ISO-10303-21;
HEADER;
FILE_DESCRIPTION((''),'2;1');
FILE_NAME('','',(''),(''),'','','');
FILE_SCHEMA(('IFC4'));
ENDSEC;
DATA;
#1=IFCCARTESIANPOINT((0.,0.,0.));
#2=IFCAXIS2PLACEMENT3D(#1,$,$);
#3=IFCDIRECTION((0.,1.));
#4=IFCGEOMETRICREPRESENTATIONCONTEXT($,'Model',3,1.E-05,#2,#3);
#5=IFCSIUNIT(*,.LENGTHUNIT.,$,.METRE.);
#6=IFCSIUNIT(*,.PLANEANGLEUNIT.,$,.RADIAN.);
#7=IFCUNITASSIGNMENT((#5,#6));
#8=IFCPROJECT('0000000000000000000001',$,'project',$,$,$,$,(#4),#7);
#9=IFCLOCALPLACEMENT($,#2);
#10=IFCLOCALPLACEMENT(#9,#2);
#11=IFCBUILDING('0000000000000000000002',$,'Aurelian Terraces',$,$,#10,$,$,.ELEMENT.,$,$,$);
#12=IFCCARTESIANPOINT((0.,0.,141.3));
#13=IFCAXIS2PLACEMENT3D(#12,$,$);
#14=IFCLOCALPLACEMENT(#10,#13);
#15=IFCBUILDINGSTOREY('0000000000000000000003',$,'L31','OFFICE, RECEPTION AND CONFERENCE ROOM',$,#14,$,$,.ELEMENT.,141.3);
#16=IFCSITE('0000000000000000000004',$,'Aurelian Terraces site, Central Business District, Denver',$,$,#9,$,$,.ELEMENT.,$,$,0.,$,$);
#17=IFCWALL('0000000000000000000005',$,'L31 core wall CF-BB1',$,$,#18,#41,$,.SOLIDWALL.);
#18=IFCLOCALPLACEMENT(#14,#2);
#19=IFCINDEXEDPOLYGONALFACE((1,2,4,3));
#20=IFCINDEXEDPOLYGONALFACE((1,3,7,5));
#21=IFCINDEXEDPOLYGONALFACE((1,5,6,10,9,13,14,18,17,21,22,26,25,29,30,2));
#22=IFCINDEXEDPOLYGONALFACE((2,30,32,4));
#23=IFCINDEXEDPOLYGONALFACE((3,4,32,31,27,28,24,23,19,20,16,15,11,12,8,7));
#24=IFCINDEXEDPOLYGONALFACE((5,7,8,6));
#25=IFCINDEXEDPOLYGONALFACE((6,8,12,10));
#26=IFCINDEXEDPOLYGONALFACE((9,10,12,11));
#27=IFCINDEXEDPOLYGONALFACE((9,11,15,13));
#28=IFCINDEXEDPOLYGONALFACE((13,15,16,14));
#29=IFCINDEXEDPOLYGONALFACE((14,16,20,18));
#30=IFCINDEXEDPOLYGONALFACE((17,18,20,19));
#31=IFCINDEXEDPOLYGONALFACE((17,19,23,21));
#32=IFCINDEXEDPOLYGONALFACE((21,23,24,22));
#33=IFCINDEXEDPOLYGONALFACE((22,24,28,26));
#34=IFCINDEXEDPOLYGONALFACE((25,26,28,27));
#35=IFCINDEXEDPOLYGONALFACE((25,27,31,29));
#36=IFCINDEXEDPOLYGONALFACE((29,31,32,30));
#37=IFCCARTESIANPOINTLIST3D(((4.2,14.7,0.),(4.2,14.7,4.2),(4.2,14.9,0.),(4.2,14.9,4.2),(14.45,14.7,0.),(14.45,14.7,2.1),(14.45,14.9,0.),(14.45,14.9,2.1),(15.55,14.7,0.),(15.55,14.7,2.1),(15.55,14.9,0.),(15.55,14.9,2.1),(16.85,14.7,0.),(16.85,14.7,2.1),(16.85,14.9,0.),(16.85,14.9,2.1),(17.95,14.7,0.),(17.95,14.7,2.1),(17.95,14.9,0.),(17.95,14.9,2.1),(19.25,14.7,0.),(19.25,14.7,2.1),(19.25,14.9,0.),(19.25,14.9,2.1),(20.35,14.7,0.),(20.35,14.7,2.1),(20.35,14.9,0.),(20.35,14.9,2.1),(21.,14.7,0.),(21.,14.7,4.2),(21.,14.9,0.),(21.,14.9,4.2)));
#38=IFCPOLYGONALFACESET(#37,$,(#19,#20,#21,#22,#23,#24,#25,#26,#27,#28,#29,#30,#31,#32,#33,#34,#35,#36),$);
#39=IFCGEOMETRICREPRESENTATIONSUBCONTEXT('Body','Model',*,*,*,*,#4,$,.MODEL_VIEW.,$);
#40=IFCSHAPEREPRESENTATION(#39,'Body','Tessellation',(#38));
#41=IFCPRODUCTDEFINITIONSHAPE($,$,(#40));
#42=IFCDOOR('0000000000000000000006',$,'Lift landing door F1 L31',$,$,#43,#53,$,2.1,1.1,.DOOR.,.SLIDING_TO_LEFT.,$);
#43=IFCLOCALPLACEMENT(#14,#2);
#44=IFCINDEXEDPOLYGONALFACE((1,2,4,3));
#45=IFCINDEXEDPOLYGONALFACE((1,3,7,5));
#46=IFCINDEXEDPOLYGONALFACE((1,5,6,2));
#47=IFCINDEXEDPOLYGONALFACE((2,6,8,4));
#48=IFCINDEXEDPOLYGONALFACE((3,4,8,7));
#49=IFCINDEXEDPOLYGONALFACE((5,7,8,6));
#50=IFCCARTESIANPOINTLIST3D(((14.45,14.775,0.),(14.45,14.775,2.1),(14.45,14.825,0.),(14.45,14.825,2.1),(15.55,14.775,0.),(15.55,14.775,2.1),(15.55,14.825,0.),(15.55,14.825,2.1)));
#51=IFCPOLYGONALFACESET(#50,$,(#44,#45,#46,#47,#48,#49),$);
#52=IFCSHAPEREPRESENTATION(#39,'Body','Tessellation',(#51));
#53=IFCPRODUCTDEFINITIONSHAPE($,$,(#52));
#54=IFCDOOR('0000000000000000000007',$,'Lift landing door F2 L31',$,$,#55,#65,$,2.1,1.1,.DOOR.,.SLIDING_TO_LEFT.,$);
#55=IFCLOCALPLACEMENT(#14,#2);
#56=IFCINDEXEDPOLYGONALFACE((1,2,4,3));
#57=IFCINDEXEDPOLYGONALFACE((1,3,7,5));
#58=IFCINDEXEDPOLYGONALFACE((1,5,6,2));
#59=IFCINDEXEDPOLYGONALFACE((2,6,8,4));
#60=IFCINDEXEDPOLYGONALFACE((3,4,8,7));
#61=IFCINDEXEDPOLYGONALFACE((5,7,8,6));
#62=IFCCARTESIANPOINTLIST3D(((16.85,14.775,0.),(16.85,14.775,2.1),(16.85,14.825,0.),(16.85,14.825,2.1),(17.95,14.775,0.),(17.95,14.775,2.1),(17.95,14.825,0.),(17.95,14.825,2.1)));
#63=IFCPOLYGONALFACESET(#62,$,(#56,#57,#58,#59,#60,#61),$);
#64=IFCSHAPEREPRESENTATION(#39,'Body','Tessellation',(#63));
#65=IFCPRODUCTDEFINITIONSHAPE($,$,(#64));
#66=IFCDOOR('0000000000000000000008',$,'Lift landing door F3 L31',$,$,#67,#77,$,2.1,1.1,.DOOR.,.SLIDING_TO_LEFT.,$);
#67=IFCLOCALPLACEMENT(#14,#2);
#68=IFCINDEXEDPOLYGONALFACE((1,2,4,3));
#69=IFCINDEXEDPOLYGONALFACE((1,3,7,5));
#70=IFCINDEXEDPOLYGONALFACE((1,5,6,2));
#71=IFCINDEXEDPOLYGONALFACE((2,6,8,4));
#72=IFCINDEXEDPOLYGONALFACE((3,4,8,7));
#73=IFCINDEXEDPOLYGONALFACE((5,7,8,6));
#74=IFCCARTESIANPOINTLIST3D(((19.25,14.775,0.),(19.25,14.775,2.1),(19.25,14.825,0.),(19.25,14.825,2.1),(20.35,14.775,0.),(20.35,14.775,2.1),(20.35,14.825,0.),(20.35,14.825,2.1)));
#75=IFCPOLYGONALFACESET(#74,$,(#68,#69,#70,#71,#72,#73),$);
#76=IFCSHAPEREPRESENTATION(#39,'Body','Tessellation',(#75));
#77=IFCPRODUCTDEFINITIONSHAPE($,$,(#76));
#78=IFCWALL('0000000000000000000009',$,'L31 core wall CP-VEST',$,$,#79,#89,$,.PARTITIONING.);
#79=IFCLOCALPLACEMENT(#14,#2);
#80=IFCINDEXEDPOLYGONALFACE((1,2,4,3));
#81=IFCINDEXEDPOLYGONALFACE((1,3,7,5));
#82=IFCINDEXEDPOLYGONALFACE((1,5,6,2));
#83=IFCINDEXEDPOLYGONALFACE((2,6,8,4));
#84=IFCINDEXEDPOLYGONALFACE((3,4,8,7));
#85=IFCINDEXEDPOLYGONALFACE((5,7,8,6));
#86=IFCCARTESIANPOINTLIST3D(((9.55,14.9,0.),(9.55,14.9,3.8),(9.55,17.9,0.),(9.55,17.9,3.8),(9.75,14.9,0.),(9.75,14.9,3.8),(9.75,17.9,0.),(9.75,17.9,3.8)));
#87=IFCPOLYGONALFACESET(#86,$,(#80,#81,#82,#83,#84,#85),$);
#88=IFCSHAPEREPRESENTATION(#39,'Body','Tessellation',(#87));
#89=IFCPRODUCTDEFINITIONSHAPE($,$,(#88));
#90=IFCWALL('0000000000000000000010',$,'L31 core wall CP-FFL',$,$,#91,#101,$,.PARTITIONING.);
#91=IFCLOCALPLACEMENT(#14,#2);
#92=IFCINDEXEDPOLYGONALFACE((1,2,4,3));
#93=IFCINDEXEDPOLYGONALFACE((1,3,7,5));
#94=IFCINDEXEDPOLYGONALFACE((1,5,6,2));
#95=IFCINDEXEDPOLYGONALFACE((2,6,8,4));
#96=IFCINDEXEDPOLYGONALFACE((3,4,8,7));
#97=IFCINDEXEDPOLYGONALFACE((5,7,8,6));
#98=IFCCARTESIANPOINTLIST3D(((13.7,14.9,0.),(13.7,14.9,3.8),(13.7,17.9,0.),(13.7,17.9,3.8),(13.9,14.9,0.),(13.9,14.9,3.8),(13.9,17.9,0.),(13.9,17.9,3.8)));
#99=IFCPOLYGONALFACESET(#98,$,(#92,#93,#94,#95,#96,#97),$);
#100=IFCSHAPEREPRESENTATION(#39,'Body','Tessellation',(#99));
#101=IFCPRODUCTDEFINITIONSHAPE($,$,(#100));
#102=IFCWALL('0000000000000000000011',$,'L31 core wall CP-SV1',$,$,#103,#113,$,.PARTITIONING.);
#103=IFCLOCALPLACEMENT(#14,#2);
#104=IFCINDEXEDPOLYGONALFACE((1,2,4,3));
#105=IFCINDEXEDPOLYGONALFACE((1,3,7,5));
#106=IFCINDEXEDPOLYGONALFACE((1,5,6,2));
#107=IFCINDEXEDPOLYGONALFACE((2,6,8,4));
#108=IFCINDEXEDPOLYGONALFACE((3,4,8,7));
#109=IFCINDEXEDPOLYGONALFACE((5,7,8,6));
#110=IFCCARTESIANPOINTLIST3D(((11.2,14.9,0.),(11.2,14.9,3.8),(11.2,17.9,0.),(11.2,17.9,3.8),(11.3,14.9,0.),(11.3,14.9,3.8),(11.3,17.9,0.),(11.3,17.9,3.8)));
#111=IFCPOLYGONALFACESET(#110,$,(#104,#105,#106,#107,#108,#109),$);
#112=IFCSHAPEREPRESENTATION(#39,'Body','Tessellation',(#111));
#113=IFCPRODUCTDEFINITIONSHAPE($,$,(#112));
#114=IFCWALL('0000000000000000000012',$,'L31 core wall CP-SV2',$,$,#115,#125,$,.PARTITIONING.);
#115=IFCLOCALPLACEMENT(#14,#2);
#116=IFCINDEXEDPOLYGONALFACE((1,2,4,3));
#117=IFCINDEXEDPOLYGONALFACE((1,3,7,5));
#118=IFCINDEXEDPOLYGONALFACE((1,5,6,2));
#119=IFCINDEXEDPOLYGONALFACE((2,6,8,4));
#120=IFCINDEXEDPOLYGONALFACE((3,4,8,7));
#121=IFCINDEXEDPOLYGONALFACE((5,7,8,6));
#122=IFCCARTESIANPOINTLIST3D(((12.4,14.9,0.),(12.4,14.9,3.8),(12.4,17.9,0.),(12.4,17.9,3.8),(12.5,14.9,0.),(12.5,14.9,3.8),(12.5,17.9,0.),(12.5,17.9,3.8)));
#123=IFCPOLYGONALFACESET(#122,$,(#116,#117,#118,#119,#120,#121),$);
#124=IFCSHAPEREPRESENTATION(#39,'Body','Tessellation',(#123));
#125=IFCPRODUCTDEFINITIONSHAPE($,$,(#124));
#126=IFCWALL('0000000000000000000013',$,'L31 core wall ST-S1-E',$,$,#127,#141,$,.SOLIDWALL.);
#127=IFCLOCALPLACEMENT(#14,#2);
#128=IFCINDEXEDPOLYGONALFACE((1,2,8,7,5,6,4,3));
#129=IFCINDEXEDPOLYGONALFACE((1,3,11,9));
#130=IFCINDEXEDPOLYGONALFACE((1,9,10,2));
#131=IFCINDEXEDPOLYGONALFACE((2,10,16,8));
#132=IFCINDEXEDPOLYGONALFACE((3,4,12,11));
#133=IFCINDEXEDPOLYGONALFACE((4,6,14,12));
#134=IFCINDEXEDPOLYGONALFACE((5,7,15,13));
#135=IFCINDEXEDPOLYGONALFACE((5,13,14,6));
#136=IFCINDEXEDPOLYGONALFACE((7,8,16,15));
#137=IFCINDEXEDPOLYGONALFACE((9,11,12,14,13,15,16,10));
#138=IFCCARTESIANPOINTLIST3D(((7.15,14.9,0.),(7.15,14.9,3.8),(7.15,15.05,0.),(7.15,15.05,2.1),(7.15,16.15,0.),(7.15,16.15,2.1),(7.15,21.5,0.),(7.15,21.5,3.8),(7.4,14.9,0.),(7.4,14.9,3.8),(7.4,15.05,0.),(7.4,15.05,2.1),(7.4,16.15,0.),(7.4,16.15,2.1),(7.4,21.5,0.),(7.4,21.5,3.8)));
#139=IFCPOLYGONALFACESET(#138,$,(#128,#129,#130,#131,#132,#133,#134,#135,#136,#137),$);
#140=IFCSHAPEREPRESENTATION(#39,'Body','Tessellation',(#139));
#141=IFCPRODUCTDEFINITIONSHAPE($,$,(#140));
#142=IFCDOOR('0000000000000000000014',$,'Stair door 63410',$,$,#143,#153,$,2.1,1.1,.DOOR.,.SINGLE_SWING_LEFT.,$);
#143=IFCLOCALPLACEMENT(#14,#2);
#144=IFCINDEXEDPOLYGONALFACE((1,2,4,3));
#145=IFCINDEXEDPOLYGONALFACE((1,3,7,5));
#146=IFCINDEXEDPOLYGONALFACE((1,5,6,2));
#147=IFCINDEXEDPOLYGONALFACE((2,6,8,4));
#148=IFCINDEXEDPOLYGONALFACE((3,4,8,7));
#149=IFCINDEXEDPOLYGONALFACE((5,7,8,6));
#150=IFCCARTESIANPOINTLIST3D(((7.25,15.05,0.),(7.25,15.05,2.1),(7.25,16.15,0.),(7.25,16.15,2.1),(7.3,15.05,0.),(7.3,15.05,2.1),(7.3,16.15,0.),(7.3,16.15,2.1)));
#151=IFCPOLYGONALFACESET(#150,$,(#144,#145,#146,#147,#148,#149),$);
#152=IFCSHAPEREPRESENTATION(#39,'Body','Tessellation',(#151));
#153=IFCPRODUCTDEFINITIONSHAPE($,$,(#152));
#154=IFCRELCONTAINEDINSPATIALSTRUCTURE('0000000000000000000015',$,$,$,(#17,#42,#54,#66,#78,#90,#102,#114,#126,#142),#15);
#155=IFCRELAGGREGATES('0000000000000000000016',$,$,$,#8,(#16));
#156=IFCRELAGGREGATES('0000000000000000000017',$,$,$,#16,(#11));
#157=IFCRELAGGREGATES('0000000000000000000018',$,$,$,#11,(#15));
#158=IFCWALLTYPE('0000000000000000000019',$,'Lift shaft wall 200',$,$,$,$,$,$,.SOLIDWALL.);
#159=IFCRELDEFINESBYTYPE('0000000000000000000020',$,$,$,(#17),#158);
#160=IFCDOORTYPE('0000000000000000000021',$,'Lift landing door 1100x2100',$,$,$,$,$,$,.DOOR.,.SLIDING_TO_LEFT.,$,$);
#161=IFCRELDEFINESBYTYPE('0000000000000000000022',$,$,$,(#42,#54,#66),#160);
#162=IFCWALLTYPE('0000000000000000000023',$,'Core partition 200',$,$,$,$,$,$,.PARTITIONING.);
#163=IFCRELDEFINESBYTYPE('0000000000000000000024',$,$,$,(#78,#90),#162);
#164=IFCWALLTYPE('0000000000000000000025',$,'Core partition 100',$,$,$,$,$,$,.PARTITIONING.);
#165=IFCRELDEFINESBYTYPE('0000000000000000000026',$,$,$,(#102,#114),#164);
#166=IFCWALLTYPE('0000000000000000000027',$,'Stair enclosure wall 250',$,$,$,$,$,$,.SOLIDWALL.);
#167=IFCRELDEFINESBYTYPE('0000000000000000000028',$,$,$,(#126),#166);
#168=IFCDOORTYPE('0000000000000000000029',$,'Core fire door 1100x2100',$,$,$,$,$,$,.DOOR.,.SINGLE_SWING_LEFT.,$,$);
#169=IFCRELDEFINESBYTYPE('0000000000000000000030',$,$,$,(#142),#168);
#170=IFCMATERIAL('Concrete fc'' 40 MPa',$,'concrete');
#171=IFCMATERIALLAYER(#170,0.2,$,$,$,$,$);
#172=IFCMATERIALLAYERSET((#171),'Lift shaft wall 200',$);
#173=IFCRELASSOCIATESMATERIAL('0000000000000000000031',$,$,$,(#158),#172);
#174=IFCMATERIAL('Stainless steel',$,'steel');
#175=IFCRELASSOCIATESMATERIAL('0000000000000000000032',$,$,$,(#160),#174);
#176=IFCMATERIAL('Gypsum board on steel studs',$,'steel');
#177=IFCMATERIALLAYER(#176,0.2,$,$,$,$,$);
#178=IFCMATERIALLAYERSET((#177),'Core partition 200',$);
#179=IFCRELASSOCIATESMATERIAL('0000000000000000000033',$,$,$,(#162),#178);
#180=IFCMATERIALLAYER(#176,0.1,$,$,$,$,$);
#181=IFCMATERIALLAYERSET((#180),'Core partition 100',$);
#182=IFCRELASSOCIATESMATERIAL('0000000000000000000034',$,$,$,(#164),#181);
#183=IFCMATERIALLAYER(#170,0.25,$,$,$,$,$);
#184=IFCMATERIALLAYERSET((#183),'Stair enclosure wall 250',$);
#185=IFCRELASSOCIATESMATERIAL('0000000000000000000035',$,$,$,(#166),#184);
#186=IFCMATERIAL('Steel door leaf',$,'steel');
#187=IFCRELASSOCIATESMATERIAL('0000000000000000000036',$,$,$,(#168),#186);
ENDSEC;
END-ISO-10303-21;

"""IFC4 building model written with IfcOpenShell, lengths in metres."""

from ifc_helpers import new_model, si_unit, direction, frame, frame_2d, origin, place, context, subcontext, project, spatial, rectangle, extrude, source, transform, mapped, material, layer, layer_set, type_object, element, fill, save


model = new_model("IFC4")

# Units and contexts
model_context = context("Model", 3, precision=1e-05, world=origin(), true_north=direction((0.0, 1.0)))
body_context = subcontext(model_context, "Body", "Model", "MODEL_VIEW")
ifc_project = project(units=[si_unit("LENGTHUNIT", "METRE"), si_unit("PLANEANGLEUNIT", "RADIAN")], contexts=[model_context])

# Site, building, storey
site_placement = place(None, origin())
site = spatial("IfcSite", under=ifc_project, at=site_placement, Name="Aurelian Terraces site, Central Business District, Denver", CompositionType="ELEMENT", RefElevation=0.0)
building_placement = place(site_placement, origin())
building = spatial("IfcBuilding", under=site, at=building_placement, Name="Aurelian Terraces", CompositionType="ELEMENT")
storey_placement = place(building_placement, frame((0.0, 0.0, 141.3)))
storey = spatial("IfcBuildingStorey", under=building, at=storey_placement, Name="L31", Description="OFFICE, RECEPTION AND CONFERENCE ROOM", CompositionType="ELEMENT", Elevation=141.3)

# Shared definitions
ifc_material_1 = material(Name="Concrete fc' 40 MPa", Category="concrete")
ifc_layer_1 = layer(ifc_material_1, 0.2)
ifc_layer_set_1 = layer_set([ifc_layer_1], Name="Lift shaft wall 200")
wall_type_1 = type_object("IfcWallType", Name="Lift shaft wall 200", PredefinedType="SOLIDWALL", material=ifc_layer_set_1)

# Wall, openings, doors
shared_shape_1 = source(origin(), body_context, "Body", "SweptSolid", [
    extrude(rectangle(XDim=16.8, YDim=0.2, at=frame_2d((8.4, 0.0))), origin(), (0.0, 0.0, 1.0), 4.2),
])
shared_shape_2 = source(origin(), body_context, "Body", "SweptSolid", [
    extrude(rectangle(XDim=1.1, YDim=2.1, at=frame_2d((0.55, 1.05))), frame((0.0, 0.11, 0.0), z_axis=(0.0, -1.0, 0.0), x_axis=(1.0, 0.0, 0.0)), (0.0, 0.0, 1.0), 0.22),
])
ifc_material_2 = material(Name="Stainless steel", Category="steel")
door_type_1 = type_object("IfcDoorType", Name="Lift landing door 1100x2100", OperationType="SLIDING_TO_LEFT", PredefinedType="DOOR", material=ifc_material_2)
shared_shape_3 = source(origin(), body_context, "Body", "SweptSolid", [
    extrude(rectangle(XDim=1.1, YDim=2.1, at=frame_2d((0.55, 1.05))), frame((0.0, 0.025, 0.0), z_axis=(0.0, -1.0, 0.0), x_axis=(1.0, 0.0, 0.0)), (0.0, 0.0, 1.0), 0.05),
])
wall_1_placement = place(storey_placement, frame((4.2, 14.8, 0.0), z_axis=(0.0, 0.0, 1.0), x_axis=(1.0, 0.0, 0.0)))
wall_1 = element("IfcWall", 1, at=wall_1_placement, inside=storey, type_object=wall_type_1, Name="L31 core wall CF-BB1", PredefinedType="SOLIDWALL", context=body_context, shape_type="MappedRepresentation", body=[
    mapped(shared_shape_1, transform((0.0, 0.0, 0.0), scale=1.0)),
])
opening_1_placement = place(wall_1_placement, frame((10.25, 0.0, 0.0)))
opening_1 = element("IfcOpeningElement", 2, at=opening_1_placement, cuts=wall_1, PredefinedType="OPENING", context=body_context, shape_type="MappedRepresentation", body=[
    mapped(shared_shape_2, transform((0.0, 0.0, 0.0), scale=1.0)),
])
opening_2_placement = place(wall_1_placement, frame((12.65, 0.0, 0.0)))
opening_2 = element("IfcOpeningElement", 3, at=opening_2_placement, cuts=wall_1, PredefinedType="OPENING", context=body_context, shape_type="MappedRepresentation", body=[
    mapped(shared_shape_2, transform((0.0, 0.0, 0.0), scale=1.0)),
])
opening_3_placement = place(wall_1_placement, frame((15.05, 0.0, 0.0)))
opening_3 = element("IfcOpeningElement", 4, at=opening_3_placement, cuts=wall_1, PredefinedType="OPENING", context=body_context, shape_type="MappedRepresentation", body=[
    mapped(shared_shape_2, transform((0.0, 0.0, 0.0), scale=1.0)),
])
door_1_placement = place(opening_1_placement, origin())
door_1 = element("IfcDoor", 5, at=door_1_placement, inside=storey, type_object=door_type_1, Name="Lift landing door F1 L31", OperationType="SLIDING_TO_LEFT", OverallHeight=2.1, OverallWidth=1.1, PredefinedType="DOOR", context=body_context, shape_type="MappedRepresentation", body=[
    mapped(shared_shape_3, transform((0.0, 0.0, 0.0), scale=1.0)),
])
fill(opening_1, door_1)
door_2_placement = place(opening_2_placement, origin())
door_2 = element("IfcDoor", 6, at=door_2_placement, inside=storey, type_object=door_type_1, Name="Lift landing door F2 L31", OperationType="SLIDING_TO_LEFT", OverallHeight=2.1, OverallWidth=1.1, PredefinedType="DOOR", context=body_context, shape_type="MappedRepresentation", body=[
    mapped(shared_shape_3, transform((0.0, 0.0, 0.0), scale=1.0)),
])
fill(opening_2, door_2)
door_3_placement = place(opening_3_placement, origin())
door_3 = element("IfcDoor", 7, at=door_3_placement, inside=storey, type_object=door_type_1, Name="Lift landing door F3 L31", OperationType="SLIDING_TO_LEFT", OverallHeight=2.1, OverallWidth=1.1, PredefinedType="DOOR", context=body_context, shape_type="MappedRepresentation", body=[
    mapped(shared_shape_3, transform((0.0, 0.0, 0.0), scale=1.0)),
])
fill(opening_3, door_3)

# Walls
ifc_material_3 = material(Name="Gypsum board on steel studs", Category="steel")
ifc_layer_2 = layer(ifc_material_3, 0.2)
ifc_layer_set_2 = layer_set([ifc_layer_2], Name="Core partition 200")
wall_type_2 = type_object("IfcWallType", Name="Core partition 200", PredefinedType="PARTITIONING", material=ifc_layer_set_2)
shared_shape_4 = source(origin(), body_context, "Body", "SweptSolid", [
    extrude(rectangle(XDim=3.0, YDim=0.2, at=frame_2d((1.5, 0.0))), origin(), (0.0, 0.0, 1.0), 3.8),
])
for number, where, z_axis, x_axis, name in (
    (8, (9.65, 14.9, 0.0), (0.0, 0.0, 1.0), (0.0, 1.0, 0.0), "L31 core wall CP-VEST"),
    (9, (13.8, 14.9, 0.0), (0.0, 0.0, 1.0), (0.0, 1.0, 0.0), "L31 core wall CP-FFL"),
):
    element("IfcWall", number, at=place(storey_placement, frame(where, z_axis=z_axis, x_axis=x_axis)), inside=storey, type_object=wall_type_2, Name=name, PredefinedType="PARTITIONING", context=body_context, shape_type="MappedRepresentation", body=[
        mapped(shared_shape_4, transform((0.0, 0.0, 0.0), scale=1.0)),
    ])
ifc_layer_3 = layer(ifc_material_3, 0.1)
ifc_layer_set_3 = layer_set([ifc_layer_3], Name="Core partition 100")
wall_type_3 = type_object("IfcWallType", Name="Core partition 100", PredefinedType="PARTITIONING", material=ifc_layer_set_3)
shared_shape_5 = source(origin(), body_context, "Body", "SweptSolid", [
    extrude(rectangle(XDim=3.0, YDim=0.1, at=frame_2d((1.5, 0.0))), origin(), (0.0, 0.0, 1.0), 3.8),
])
for number, where, z_axis, x_axis, name in (
    (10, (11.25, 14.9, 0.0), (0.0, 0.0, 1.0), (0.0, 1.0, 0.0), "L31 core wall CP-SV1"),
    (11, (12.45, 14.9, 0.0), (0.0, 0.0, 1.0), (0.0, 1.0, 0.0), "L31 core wall CP-SV2"),
):
    element("IfcWall", number, at=place(storey_placement, frame(where, z_axis=z_axis, x_axis=x_axis)), inside=storey, type_object=wall_type_3, Name=name, PredefinedType="PARTITIONING", context=body_context, shape_type="MappedRepresentation", body=[
        mapped(shared_shape_5, transform((0.0, 0.0, 0.0), scale=1.0)),
    ])

# Wall, opening, door
ifc_layer_4 = layer(ifc_material_1, 0.25)
ifc_layer_set_4 = layer_set([ifc_layer_4], Name="Stair enclosure wall 250")
wall_type_4 = type_object("IfcWallType", Name="Stair enclosure wall 250", PredefinedType="SOLIDWALL", material=ifc_layer_set_4)
shared_shape_6 = source(origin(), body_context, "Body", "SweptSolid", [
    extrude(rectangle(XDim=6.6, YDim=0.25, at=frame_2d((3.3, 0.0))), origin(), (0.0, 0.0, 1.0), 3.8),
])
wall_2_placement = place(storey_placement, frame((7.275, 14.9, 0.0), z_axis=(0.0, 0.0, 1.0), x_axis=(0.0, 1.0, 0.0)))
wall_2 = element("IfcWall", 12, at=wall_2_placement, inside=storey, type_object=wall_type_4, Name="L31 core wall ST-S1-E", PredefinedType="SOLIDWALL", context=body_context, shape_type="MappedRepresentation", body=[
    mapped(shared_shape_6, transform((0.0, 0.0, 0.0), scale=1.0)),
])
shared_shape_7 = source(origin(), body_context, "Body", "SweptSolid", [
    extrude(rectangle(XDim=1.1, YDim=2.1, at=frame_2d((0.55, 1.05))), frame((0.0, 0.135, 0.0), z_axis=(0.0, -1.0, 0.0), x_axis=(1.0, 0.0, 0.0)), (0.0, 0.0, 1.0), 0.27),
])
opening_4_placement = place(wall_2_placement, frame((0.15, 0.0, 0.0)))
opening_4 = element("IfcOpeningElement", 13, at=opening_4_placement, cuts=wall_2, PredefinedType="OPENING", context=body_context, shape_type="MappedRepresentation", body=[
    mapped(shared_shape_7, transform((0.0, 0.0, 0.0), scale=1.0)),
])
ifc_material_4 = material(Name="Steel door leaf", Category="steel")
door_type_2 = type_object("IfcDoorType", Name="Core fire door 1100x2100", OperationType="SINGLE_SWING_LEFT", PredefinedType="DOOR", material=ifc_material_4)
door_4_placement = place(opening_4_placement, origin())
door_4 = element("IfcDoor", 14, at=door_4_placement, inside=storey, type_object=door_type_2, Name="Stair door 63410", OperationType="SINGLE_SWING_LEFT", OverallHeight=2.1, OverallWidth=1.1, PredefinedType="DOOR", context=body_context, shape_type="MappedRepresentation", body=[
    mapped(shared_shape_3, transform((0.0, 0.0, 0.0), scale=1.0)),
])
fill(opening_4, door_4)

save(model, "model.ifc")
